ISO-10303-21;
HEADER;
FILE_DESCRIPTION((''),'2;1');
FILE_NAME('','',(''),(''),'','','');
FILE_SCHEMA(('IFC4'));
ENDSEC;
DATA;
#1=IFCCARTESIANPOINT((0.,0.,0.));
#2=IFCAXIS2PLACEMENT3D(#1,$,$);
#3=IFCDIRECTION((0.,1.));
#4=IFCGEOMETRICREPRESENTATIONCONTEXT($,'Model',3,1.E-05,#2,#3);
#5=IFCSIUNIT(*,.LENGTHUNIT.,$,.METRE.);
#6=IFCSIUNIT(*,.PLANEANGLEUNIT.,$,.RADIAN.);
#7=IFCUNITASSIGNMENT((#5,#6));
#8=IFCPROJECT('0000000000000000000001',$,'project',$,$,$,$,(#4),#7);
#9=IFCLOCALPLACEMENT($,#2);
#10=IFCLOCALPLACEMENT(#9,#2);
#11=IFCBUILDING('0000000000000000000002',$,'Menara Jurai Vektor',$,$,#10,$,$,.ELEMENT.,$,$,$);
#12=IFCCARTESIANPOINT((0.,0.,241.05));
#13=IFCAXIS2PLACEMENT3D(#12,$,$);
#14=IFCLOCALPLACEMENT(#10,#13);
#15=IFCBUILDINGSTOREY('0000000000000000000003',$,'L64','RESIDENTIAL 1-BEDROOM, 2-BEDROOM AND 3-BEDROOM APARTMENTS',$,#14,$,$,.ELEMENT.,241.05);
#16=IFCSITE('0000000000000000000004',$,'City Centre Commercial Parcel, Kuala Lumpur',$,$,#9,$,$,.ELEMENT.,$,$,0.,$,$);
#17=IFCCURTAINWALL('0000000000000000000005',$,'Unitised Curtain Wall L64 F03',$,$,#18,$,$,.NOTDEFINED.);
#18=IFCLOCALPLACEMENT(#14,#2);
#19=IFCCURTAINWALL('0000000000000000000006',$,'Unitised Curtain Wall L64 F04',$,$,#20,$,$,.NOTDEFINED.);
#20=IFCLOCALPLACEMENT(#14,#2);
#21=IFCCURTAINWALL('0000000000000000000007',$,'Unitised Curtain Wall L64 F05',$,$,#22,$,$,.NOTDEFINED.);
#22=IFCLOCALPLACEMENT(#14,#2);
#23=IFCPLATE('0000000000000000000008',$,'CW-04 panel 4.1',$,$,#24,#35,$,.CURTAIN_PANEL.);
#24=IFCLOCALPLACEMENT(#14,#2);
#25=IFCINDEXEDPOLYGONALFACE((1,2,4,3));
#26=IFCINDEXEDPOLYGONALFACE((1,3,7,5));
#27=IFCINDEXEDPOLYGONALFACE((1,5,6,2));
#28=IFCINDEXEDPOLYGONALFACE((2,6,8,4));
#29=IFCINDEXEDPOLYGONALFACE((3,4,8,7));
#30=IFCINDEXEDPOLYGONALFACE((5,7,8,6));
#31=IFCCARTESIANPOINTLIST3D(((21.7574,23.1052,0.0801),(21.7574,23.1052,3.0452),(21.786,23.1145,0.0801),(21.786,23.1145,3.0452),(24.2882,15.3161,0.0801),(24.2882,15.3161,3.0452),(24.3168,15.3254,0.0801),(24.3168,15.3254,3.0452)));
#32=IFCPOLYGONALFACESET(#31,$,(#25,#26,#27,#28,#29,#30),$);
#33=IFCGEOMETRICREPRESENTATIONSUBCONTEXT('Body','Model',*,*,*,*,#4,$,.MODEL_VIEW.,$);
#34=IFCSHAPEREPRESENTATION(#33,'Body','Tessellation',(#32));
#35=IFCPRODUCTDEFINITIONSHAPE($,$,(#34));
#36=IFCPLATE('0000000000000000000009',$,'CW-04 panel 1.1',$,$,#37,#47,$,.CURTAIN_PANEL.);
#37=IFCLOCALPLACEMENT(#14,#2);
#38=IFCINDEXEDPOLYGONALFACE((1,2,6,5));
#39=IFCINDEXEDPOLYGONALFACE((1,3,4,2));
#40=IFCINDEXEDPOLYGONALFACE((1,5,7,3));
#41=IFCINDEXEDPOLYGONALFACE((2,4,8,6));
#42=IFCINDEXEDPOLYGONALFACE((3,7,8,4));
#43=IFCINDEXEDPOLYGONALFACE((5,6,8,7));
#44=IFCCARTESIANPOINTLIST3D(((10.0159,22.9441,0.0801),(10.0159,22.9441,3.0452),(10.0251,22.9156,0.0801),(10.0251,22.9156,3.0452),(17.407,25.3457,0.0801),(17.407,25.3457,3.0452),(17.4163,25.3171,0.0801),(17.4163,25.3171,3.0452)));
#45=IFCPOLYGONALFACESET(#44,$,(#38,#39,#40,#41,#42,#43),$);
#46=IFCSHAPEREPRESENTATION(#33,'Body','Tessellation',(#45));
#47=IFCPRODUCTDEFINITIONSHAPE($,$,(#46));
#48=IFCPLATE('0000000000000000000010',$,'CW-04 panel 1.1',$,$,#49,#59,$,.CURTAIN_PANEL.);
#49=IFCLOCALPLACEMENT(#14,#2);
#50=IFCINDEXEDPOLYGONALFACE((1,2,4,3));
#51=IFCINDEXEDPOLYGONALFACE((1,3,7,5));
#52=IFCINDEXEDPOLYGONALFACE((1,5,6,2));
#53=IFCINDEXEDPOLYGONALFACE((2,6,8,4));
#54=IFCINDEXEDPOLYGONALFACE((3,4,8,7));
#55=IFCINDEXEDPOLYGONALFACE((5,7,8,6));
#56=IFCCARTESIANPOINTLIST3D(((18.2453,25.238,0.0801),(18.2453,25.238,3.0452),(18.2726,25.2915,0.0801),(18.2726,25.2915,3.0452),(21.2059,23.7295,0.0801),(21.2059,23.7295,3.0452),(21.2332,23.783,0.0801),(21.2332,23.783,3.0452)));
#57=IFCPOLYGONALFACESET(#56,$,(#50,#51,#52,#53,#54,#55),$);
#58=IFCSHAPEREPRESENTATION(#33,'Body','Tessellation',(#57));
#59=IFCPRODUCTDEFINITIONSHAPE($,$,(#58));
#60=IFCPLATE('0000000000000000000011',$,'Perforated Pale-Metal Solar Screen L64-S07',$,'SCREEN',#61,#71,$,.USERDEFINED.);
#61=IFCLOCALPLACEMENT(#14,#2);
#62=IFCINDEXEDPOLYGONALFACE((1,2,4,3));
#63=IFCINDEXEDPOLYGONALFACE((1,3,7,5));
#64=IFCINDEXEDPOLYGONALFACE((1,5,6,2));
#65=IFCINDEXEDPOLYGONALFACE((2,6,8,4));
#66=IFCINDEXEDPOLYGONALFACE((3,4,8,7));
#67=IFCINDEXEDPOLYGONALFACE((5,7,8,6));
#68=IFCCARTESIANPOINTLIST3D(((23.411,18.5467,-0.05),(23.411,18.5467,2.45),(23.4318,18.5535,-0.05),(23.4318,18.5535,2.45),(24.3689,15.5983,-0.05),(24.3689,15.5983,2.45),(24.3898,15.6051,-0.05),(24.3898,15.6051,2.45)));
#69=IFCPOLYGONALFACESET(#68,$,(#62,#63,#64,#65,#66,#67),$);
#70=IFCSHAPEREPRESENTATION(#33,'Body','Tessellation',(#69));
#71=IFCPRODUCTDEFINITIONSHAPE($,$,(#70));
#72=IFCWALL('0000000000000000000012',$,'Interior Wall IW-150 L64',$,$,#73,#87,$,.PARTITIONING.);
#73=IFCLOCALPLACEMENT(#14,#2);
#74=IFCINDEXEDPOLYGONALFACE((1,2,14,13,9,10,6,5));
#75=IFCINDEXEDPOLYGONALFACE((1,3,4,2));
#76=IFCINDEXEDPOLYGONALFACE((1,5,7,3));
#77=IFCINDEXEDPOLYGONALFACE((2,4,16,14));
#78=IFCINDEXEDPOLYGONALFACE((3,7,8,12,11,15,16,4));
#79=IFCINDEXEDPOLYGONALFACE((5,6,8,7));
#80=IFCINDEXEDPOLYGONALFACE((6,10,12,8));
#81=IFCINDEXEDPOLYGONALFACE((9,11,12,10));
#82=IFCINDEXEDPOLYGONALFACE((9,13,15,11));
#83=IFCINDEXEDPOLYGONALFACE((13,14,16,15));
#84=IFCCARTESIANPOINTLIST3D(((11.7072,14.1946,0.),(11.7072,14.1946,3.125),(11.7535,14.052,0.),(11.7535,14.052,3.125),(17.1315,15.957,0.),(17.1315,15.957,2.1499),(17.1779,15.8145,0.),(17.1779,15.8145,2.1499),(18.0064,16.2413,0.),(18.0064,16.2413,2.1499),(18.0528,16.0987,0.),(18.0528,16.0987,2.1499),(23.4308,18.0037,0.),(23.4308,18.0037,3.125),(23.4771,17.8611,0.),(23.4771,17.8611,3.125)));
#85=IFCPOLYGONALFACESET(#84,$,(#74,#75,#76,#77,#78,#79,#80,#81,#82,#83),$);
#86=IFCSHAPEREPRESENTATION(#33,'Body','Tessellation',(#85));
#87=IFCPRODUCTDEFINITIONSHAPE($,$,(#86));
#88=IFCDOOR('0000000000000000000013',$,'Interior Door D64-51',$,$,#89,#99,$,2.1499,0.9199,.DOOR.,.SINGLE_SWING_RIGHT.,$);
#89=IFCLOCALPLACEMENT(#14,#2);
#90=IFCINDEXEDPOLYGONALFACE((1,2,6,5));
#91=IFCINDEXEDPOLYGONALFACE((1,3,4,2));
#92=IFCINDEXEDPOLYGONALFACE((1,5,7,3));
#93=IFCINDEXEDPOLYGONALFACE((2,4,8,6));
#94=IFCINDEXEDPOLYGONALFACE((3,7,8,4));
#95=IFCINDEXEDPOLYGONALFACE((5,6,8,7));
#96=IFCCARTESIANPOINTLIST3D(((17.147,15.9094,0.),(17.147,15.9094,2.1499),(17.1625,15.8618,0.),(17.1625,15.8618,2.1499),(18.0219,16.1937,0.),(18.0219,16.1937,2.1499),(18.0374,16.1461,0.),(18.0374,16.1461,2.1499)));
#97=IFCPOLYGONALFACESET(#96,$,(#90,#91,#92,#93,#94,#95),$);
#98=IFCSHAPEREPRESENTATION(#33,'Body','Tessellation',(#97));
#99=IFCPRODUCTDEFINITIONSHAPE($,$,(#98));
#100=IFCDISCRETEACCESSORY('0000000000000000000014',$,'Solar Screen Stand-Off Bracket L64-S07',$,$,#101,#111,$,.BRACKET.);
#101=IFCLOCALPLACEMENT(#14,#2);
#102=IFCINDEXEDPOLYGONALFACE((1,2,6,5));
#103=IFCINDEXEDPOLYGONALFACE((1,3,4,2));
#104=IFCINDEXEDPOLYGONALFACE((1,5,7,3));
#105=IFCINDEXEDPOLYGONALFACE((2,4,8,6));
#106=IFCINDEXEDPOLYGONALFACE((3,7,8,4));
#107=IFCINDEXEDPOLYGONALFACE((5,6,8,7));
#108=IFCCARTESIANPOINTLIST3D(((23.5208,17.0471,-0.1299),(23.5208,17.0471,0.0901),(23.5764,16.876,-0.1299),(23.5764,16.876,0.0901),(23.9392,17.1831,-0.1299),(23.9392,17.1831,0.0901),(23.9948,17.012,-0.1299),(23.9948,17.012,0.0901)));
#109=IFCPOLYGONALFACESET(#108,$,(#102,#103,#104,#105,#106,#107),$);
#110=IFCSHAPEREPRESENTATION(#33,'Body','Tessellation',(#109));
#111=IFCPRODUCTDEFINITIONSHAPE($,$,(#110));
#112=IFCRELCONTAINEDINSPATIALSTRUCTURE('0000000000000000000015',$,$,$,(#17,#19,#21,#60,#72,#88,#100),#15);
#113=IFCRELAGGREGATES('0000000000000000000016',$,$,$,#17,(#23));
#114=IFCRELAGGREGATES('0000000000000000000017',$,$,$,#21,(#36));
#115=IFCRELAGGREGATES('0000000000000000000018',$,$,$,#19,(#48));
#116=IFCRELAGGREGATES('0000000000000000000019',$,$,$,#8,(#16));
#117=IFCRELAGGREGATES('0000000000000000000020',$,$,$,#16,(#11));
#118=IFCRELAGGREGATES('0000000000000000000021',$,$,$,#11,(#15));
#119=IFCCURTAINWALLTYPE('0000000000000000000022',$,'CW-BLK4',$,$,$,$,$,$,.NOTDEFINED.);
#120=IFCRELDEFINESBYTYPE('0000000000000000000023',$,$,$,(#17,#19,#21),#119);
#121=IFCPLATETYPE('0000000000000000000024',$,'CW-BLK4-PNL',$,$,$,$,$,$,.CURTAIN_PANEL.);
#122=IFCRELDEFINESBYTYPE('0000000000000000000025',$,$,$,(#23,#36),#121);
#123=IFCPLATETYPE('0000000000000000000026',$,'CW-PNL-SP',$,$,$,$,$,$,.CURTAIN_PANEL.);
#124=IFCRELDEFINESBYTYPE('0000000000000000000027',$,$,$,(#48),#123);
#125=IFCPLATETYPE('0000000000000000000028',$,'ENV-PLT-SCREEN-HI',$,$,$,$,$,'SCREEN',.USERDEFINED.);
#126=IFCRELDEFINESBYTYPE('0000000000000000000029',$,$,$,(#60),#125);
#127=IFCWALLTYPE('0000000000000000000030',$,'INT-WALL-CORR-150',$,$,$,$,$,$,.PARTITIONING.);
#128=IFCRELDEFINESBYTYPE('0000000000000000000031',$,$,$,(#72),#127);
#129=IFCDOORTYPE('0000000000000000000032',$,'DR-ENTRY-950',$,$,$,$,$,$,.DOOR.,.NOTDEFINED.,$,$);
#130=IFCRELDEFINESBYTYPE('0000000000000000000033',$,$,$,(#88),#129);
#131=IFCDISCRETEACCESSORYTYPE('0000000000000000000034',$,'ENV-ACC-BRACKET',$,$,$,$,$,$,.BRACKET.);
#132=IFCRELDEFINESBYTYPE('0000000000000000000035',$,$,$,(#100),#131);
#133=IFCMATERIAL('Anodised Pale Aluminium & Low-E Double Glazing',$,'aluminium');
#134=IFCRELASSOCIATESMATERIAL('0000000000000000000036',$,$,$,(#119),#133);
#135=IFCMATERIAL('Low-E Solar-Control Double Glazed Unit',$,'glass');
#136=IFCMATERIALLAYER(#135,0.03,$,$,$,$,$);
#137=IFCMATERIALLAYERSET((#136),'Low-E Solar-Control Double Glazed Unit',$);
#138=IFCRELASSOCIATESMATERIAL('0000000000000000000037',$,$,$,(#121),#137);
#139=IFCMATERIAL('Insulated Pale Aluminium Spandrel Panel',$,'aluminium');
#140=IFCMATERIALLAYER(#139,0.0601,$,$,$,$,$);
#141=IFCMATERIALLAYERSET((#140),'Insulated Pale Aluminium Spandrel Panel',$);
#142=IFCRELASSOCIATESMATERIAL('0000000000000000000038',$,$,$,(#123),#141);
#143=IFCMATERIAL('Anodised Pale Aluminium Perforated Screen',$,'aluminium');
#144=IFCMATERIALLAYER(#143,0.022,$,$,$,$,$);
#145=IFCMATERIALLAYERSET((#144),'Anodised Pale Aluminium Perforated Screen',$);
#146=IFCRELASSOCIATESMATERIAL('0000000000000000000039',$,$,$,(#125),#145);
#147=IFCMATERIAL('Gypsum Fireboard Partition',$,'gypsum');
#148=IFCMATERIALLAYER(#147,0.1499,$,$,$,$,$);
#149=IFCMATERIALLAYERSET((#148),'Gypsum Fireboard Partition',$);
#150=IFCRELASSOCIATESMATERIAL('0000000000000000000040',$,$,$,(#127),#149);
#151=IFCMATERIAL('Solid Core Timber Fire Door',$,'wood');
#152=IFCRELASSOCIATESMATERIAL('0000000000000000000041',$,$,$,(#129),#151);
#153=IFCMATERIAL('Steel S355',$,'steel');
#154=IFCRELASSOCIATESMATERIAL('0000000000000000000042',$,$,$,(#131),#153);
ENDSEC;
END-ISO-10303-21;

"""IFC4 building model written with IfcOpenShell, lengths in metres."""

from ifc_helpers import new_model, si_unit, direction, frame, frame_2d, origin, origin_2d, place, context, subcontext, project, spatial, rectangle, extrude, material, layer, layer_set, type_object, element, fill, aggregate, save


model = new_model("IFC4")

# Units and contexts
model_context = context("Model", 3, precision=1e-05, world=origin(), true_north=direction((0.0, 1.0)))
body_context = subcontext(model_context, "Body", "Model", "MODEL_VIEW")
ifc_project = project(units=[si_unit("LENGTHUNIT", "METRE"), si_unit("PLANEANGLEUNIT", "RADIAN")], contexts=[model_context])

# Site, building, storey
site_placement = place(None, origin())
site = spatial("IfcSite", under=ifc_project, at=site_placement, Name="City Centre Commercial Parcel, Kuala Lumpur", CompositionType="ELEMENT", RefElevation=0.0)
building_placement = place(site_placement, origin())
building = spatial("IfcBuilding", under=site, at=building_placement, Name="Menara Jurai Vektor", CompositionType="ELEMENT")
storey_placement = place(building_placement, frame((0.0, 0.0, 241.05)))
storey = spatial("IfcBuildingStorey", under=building, at=storey_placement, Name="L64", Description="RESIDENTIAL 1-BEDROOM, 2-BEDROOM AND 3-BEDROOM APARTMENTS", CompositionType="ELEMENT", Elevation=241.05)

# Curtain walls
ifc_material_1 = material(Name="Anodised Pale Aluminium & Low-E Double Glazing", Category="aluminium")
curtain_wall_type = type_object("IfcCurtainWallType", Name="CW-BLK4", PredefinedType="NOTDEFINED", material=ifc_material_1)
curtain_wall_1_placement = place(storey_placement, origin())
curtain_wall_1 = element("IfcCurtainWall", 1, at=curtain_wall_1_placement, inside=storey, type_object=curtain_wall_type, Name="Unitised Curtain Wall L64 F03", PredefinedType="NOTDEFINED")
curtain_wall_2_placement = place(storey_placement, origin())
curtain_wall_2 = element("IfcCurtainWall", 2, at=curtain_wall_2_placement, inside=storey, type_object=curtain_wall_type, Name="Unitised Curtain Wall L64 F04", PredefinedType="NOTDEFINED")

# Curtain wall
curtain_wall_3_placement = place(storey_placement, origin())
curtain_wall_3 = element("IfcCurtainWall", 3, at=curtain_wall_3_placement, inside=storey, type_object=curtain_wall_type, Name="Unitised Curtain Wall L64 F05", PredefinedType="NOTDEFINED")

# Shared definitions
ifc_material_2 = material(Name="Steel S355", Category="steel")

# Plates
ifc_material_3 = material(Name="Low-E Solar-Control Double Glazed Unit", Category="glass")
ifc_layer_1 = layer(ifc_material_3, 0.03)
ifc_layer_set_1 = layer_set([ifc_layer_1], Name="Low-E Solar-Control Double Glazed Unit")
plate_type_1 = type_object("IfcPlateType", Name="CW-BLK4-PNL", PredefinedType="CURTAIN_PANEL", material=ifc_layer_set_1)
plate_1_placement = place(storey_placement, frame((23.0371, 19.2153, 0.0801), z_axis=(0.0, 0.0, 1.0), x_axis=(-0.309016, 0.951057, 0.0)))
plate_1 = element("IfcPlate", 4, at=plate_1_placement, type_object=plate_type_1, Name="CW-04 panel 4.1", PredefinedType="CURTAIN_PANEL", context=body_context, shape_type="SweptSolid", body=[
    extrude(rectangle(XDim=8.1899, YDim=0.03, at=origin_2d()), origin(), (0.0, 0.0, 1.0), 2.9651),
])
aggregate(curtain_wall_1, [plate_1])
plate_2_placement = place(storey_placement, frame((13.7161, 24.1306, 0.0801), z_axis=(0.0, 0.0, 1.0), x_axis=(-0.951056, -0.309017, 0.0)))
plate_2 = element("IfcPlate", 5, at=plate_2_placement, type_object=plate_type_1, Name="CW-04 panel 1.1", PredefinedType="CURTAIN_PANEL", context=body_context, shape_type="SweptSolid", body=[
    extrude(rectangle(XDim=7.7715, YDim=0.03, at=origin_2d()), origin(), (0.0, 0.0, 1.0), 2.9651),
])
aggregate(curtain_wall_3, [plate_2])
ifc_material_4 = material(Name="Insulated Pale Aluminium Spandrel Panel", Category="aluminium")
ifc_layer_2 = layer(ifc_material_4, 0.0601)
ifc_layer_set_2 = layer_set([ifc_layer_2], Name="Insulated Pale Aluminium Spandrel Panel")
plate_type_2 = type_object("IfcPlateType", Name="CW-PNL-SP", PredefinedType="CURTAIN_PANEL", material=ifc_layer_set_2)
plate_3_placement = place(storey_placement, frame((19.7393, 24.5105, 0.0801), z_axis=(0.0, 0.0, 1.0), x_axis=(-0.891008, 0.453989, 0.0)))
plate_3 = element("IfcPlate", 6, at=plate_3_placement, type_object=plate_type_2, Name="CW-04 panel 1.1", PredefinedType="CURTAIN_PANEL", context=body_context, shape_type="SweptSolid", body=[
    extrude(rectangle(XDim=3.3228, YDim=0.0601, at=origin_2d()), origin(), (0.0, 0.0, 1.0), 2.9651),
])
aggregate(curtain_wall_2, [plate_3])
ifc_material_5 = material(Name="Anodised Pale Aluminium Perforated Screen", Category="aluminium")
ifc_layer_3 = layer(ifc_material_5, 0.022)
ifc_layer_set_3 = layer_set([ifc_layer_3], Name="Anodised Pale Aluminium Perforated Screen")
plate_type_3 = type_object("IfcPlateType", Name="ENV-PLT-SCREEN-HI", ElementType="SCREEN", PredefinedType="USERDEFINED", material=ifc_layer_set_3)
plate_4_placement = place(storey_placement, frame((23.9004, 17.0759, -0.05), z_axis=(0.0, 0.0, 1.0), x_axis=(-0.309017, 0.951057, 0.0)))
element("IfcPlate", 7, at=plate_4_placement, inside=storey, type_object=plate_type_3, Name="Perforated Pale-Metal Solar Screen L64-S07", ObjectType="SCREEN", PredefinedType="USERDEFINED", context=body_context, shape_type="SweptSolid", body=[
    extrude(rectangle(XDim=3.1001, YDim=0.022, at=origin_2d()), origin(), (0.0, 0.0, 1.0), 2.5),
])

# Wall, opening, door
ifc_material_6 = material(Name="Gypsum Fireboard Partition", Category="gypsum")
ifc_layer_4 = layer(ifc_material_6, 0.1499)
ifc_layer_set_4 = layer_set([ifc_layer_4], Name="Gypsum Fireboard Partition")
wall_type = type_object("IfcWallType", Name="INT-WALL-CORR-150", PredefinedType="PARTITIONING", material=ifc_layer_set_4)
wall_placement = place(storey_placement, frame((11.7302, 14.1233, 0.0), z_axis=(0.0, 0.0, 1.0), x_axis=(0.95106, 0.309005, 0.0)))
wall = element("IfcWall", 8, at=wall_placement, inside=storey, type_object=wall_type, Name="Interior Wall IW-150 L64", PredefinedType="PARTITIONING", context=body_context, shape_type="SweptSolid", body=[
    extrude(rectangle(XDim=12.3269, YDim=0.1499, at=frame_2d((6.1636, 0.0))), origin(), (0.0, 0.0, 1.0), 3.125),
])
opening_placement = place(wall_placement, frame((5.7036, 0.0, 0.0)))
opening = element("IfcOpeningElement", 9, at=opening_placement, cuts=wall, PredefinedType="OPENING", context=body_context, shape_type="SweptSolid", body=[
    extrude(rectangle(XDim=0.9199, YDim=2.1499, at=frame_2d((0.46, 1.075))), frame((0.0, 0.085, 0.0), z_axis=(0.0, -1.0, 0.0), x_axis=(1.0, 0.0, 0.0)), (0.0, 0.0, 1.0), 0.1699),
])
ifc_material_7 = material(Name="Solid Core Timber Fire Door", Category="wood")
door_type = type_object("IfcDoorType", Name="DR-ENTRY-950", OperationType="NOTDEFINED", PredefinedType="DOOR", material=ifc_material_7)
door_placement = place(opening_placement, origin())
door = element("IfcDoor", 10, at=door_placement, inside=storey, type_object=door_type, Name="Interior Door D64-51", OperationType="SINGLE_SWING_RIGHT", OverallHeight=2.1499, OverallWidth=0.9199, PredefinedType="DOOR", context=body_context, shape_type="SweptSolid", body=[
    extrude(rectangle(XDim=0.9199, YDim=2.1499, at=frame_2d((0.46, 1.075))), frame((0.0, 0.0249, 0.0), z_axis=(0.0, -1.0, 0.0), x_axis=(1.0, 0.0, 0.0)), (0.0, 0.0, 1.0), 0.05),
])
fill(opening, door)

# Discrete accessory
discrete_accessory_type = type_object("IfcDiscreteAccessoryType", Name="ENV-ACC-BRACKET", PredefinedType="BRACKET", material=ifc_material_2)
discrete_accessory_placement = place(storey_placement, frame((23.7578, 17.0295, -0.1299), z_axis=(0.0, 0.0, 1.0), x_axis=(-0.309017, 0.951057, 0.0)))
element("IfcDiscreteAccessory", 11, at=discrete_accessory_placement, inside=storey, type_object=discrete_accessory_type, Name="Solar Screen Stand-Off Bracket L64-S07", PredefinedType="BRACKET", context=body_context, shape_type="SweptSolid", body=[
    extrude(rectangle(XDim=0.1799, YDim=0.4399, at=origin_2d()), origin(), (0.0, 0.0, 1.0), 0.22),
])

save(model, "model.ifc")
